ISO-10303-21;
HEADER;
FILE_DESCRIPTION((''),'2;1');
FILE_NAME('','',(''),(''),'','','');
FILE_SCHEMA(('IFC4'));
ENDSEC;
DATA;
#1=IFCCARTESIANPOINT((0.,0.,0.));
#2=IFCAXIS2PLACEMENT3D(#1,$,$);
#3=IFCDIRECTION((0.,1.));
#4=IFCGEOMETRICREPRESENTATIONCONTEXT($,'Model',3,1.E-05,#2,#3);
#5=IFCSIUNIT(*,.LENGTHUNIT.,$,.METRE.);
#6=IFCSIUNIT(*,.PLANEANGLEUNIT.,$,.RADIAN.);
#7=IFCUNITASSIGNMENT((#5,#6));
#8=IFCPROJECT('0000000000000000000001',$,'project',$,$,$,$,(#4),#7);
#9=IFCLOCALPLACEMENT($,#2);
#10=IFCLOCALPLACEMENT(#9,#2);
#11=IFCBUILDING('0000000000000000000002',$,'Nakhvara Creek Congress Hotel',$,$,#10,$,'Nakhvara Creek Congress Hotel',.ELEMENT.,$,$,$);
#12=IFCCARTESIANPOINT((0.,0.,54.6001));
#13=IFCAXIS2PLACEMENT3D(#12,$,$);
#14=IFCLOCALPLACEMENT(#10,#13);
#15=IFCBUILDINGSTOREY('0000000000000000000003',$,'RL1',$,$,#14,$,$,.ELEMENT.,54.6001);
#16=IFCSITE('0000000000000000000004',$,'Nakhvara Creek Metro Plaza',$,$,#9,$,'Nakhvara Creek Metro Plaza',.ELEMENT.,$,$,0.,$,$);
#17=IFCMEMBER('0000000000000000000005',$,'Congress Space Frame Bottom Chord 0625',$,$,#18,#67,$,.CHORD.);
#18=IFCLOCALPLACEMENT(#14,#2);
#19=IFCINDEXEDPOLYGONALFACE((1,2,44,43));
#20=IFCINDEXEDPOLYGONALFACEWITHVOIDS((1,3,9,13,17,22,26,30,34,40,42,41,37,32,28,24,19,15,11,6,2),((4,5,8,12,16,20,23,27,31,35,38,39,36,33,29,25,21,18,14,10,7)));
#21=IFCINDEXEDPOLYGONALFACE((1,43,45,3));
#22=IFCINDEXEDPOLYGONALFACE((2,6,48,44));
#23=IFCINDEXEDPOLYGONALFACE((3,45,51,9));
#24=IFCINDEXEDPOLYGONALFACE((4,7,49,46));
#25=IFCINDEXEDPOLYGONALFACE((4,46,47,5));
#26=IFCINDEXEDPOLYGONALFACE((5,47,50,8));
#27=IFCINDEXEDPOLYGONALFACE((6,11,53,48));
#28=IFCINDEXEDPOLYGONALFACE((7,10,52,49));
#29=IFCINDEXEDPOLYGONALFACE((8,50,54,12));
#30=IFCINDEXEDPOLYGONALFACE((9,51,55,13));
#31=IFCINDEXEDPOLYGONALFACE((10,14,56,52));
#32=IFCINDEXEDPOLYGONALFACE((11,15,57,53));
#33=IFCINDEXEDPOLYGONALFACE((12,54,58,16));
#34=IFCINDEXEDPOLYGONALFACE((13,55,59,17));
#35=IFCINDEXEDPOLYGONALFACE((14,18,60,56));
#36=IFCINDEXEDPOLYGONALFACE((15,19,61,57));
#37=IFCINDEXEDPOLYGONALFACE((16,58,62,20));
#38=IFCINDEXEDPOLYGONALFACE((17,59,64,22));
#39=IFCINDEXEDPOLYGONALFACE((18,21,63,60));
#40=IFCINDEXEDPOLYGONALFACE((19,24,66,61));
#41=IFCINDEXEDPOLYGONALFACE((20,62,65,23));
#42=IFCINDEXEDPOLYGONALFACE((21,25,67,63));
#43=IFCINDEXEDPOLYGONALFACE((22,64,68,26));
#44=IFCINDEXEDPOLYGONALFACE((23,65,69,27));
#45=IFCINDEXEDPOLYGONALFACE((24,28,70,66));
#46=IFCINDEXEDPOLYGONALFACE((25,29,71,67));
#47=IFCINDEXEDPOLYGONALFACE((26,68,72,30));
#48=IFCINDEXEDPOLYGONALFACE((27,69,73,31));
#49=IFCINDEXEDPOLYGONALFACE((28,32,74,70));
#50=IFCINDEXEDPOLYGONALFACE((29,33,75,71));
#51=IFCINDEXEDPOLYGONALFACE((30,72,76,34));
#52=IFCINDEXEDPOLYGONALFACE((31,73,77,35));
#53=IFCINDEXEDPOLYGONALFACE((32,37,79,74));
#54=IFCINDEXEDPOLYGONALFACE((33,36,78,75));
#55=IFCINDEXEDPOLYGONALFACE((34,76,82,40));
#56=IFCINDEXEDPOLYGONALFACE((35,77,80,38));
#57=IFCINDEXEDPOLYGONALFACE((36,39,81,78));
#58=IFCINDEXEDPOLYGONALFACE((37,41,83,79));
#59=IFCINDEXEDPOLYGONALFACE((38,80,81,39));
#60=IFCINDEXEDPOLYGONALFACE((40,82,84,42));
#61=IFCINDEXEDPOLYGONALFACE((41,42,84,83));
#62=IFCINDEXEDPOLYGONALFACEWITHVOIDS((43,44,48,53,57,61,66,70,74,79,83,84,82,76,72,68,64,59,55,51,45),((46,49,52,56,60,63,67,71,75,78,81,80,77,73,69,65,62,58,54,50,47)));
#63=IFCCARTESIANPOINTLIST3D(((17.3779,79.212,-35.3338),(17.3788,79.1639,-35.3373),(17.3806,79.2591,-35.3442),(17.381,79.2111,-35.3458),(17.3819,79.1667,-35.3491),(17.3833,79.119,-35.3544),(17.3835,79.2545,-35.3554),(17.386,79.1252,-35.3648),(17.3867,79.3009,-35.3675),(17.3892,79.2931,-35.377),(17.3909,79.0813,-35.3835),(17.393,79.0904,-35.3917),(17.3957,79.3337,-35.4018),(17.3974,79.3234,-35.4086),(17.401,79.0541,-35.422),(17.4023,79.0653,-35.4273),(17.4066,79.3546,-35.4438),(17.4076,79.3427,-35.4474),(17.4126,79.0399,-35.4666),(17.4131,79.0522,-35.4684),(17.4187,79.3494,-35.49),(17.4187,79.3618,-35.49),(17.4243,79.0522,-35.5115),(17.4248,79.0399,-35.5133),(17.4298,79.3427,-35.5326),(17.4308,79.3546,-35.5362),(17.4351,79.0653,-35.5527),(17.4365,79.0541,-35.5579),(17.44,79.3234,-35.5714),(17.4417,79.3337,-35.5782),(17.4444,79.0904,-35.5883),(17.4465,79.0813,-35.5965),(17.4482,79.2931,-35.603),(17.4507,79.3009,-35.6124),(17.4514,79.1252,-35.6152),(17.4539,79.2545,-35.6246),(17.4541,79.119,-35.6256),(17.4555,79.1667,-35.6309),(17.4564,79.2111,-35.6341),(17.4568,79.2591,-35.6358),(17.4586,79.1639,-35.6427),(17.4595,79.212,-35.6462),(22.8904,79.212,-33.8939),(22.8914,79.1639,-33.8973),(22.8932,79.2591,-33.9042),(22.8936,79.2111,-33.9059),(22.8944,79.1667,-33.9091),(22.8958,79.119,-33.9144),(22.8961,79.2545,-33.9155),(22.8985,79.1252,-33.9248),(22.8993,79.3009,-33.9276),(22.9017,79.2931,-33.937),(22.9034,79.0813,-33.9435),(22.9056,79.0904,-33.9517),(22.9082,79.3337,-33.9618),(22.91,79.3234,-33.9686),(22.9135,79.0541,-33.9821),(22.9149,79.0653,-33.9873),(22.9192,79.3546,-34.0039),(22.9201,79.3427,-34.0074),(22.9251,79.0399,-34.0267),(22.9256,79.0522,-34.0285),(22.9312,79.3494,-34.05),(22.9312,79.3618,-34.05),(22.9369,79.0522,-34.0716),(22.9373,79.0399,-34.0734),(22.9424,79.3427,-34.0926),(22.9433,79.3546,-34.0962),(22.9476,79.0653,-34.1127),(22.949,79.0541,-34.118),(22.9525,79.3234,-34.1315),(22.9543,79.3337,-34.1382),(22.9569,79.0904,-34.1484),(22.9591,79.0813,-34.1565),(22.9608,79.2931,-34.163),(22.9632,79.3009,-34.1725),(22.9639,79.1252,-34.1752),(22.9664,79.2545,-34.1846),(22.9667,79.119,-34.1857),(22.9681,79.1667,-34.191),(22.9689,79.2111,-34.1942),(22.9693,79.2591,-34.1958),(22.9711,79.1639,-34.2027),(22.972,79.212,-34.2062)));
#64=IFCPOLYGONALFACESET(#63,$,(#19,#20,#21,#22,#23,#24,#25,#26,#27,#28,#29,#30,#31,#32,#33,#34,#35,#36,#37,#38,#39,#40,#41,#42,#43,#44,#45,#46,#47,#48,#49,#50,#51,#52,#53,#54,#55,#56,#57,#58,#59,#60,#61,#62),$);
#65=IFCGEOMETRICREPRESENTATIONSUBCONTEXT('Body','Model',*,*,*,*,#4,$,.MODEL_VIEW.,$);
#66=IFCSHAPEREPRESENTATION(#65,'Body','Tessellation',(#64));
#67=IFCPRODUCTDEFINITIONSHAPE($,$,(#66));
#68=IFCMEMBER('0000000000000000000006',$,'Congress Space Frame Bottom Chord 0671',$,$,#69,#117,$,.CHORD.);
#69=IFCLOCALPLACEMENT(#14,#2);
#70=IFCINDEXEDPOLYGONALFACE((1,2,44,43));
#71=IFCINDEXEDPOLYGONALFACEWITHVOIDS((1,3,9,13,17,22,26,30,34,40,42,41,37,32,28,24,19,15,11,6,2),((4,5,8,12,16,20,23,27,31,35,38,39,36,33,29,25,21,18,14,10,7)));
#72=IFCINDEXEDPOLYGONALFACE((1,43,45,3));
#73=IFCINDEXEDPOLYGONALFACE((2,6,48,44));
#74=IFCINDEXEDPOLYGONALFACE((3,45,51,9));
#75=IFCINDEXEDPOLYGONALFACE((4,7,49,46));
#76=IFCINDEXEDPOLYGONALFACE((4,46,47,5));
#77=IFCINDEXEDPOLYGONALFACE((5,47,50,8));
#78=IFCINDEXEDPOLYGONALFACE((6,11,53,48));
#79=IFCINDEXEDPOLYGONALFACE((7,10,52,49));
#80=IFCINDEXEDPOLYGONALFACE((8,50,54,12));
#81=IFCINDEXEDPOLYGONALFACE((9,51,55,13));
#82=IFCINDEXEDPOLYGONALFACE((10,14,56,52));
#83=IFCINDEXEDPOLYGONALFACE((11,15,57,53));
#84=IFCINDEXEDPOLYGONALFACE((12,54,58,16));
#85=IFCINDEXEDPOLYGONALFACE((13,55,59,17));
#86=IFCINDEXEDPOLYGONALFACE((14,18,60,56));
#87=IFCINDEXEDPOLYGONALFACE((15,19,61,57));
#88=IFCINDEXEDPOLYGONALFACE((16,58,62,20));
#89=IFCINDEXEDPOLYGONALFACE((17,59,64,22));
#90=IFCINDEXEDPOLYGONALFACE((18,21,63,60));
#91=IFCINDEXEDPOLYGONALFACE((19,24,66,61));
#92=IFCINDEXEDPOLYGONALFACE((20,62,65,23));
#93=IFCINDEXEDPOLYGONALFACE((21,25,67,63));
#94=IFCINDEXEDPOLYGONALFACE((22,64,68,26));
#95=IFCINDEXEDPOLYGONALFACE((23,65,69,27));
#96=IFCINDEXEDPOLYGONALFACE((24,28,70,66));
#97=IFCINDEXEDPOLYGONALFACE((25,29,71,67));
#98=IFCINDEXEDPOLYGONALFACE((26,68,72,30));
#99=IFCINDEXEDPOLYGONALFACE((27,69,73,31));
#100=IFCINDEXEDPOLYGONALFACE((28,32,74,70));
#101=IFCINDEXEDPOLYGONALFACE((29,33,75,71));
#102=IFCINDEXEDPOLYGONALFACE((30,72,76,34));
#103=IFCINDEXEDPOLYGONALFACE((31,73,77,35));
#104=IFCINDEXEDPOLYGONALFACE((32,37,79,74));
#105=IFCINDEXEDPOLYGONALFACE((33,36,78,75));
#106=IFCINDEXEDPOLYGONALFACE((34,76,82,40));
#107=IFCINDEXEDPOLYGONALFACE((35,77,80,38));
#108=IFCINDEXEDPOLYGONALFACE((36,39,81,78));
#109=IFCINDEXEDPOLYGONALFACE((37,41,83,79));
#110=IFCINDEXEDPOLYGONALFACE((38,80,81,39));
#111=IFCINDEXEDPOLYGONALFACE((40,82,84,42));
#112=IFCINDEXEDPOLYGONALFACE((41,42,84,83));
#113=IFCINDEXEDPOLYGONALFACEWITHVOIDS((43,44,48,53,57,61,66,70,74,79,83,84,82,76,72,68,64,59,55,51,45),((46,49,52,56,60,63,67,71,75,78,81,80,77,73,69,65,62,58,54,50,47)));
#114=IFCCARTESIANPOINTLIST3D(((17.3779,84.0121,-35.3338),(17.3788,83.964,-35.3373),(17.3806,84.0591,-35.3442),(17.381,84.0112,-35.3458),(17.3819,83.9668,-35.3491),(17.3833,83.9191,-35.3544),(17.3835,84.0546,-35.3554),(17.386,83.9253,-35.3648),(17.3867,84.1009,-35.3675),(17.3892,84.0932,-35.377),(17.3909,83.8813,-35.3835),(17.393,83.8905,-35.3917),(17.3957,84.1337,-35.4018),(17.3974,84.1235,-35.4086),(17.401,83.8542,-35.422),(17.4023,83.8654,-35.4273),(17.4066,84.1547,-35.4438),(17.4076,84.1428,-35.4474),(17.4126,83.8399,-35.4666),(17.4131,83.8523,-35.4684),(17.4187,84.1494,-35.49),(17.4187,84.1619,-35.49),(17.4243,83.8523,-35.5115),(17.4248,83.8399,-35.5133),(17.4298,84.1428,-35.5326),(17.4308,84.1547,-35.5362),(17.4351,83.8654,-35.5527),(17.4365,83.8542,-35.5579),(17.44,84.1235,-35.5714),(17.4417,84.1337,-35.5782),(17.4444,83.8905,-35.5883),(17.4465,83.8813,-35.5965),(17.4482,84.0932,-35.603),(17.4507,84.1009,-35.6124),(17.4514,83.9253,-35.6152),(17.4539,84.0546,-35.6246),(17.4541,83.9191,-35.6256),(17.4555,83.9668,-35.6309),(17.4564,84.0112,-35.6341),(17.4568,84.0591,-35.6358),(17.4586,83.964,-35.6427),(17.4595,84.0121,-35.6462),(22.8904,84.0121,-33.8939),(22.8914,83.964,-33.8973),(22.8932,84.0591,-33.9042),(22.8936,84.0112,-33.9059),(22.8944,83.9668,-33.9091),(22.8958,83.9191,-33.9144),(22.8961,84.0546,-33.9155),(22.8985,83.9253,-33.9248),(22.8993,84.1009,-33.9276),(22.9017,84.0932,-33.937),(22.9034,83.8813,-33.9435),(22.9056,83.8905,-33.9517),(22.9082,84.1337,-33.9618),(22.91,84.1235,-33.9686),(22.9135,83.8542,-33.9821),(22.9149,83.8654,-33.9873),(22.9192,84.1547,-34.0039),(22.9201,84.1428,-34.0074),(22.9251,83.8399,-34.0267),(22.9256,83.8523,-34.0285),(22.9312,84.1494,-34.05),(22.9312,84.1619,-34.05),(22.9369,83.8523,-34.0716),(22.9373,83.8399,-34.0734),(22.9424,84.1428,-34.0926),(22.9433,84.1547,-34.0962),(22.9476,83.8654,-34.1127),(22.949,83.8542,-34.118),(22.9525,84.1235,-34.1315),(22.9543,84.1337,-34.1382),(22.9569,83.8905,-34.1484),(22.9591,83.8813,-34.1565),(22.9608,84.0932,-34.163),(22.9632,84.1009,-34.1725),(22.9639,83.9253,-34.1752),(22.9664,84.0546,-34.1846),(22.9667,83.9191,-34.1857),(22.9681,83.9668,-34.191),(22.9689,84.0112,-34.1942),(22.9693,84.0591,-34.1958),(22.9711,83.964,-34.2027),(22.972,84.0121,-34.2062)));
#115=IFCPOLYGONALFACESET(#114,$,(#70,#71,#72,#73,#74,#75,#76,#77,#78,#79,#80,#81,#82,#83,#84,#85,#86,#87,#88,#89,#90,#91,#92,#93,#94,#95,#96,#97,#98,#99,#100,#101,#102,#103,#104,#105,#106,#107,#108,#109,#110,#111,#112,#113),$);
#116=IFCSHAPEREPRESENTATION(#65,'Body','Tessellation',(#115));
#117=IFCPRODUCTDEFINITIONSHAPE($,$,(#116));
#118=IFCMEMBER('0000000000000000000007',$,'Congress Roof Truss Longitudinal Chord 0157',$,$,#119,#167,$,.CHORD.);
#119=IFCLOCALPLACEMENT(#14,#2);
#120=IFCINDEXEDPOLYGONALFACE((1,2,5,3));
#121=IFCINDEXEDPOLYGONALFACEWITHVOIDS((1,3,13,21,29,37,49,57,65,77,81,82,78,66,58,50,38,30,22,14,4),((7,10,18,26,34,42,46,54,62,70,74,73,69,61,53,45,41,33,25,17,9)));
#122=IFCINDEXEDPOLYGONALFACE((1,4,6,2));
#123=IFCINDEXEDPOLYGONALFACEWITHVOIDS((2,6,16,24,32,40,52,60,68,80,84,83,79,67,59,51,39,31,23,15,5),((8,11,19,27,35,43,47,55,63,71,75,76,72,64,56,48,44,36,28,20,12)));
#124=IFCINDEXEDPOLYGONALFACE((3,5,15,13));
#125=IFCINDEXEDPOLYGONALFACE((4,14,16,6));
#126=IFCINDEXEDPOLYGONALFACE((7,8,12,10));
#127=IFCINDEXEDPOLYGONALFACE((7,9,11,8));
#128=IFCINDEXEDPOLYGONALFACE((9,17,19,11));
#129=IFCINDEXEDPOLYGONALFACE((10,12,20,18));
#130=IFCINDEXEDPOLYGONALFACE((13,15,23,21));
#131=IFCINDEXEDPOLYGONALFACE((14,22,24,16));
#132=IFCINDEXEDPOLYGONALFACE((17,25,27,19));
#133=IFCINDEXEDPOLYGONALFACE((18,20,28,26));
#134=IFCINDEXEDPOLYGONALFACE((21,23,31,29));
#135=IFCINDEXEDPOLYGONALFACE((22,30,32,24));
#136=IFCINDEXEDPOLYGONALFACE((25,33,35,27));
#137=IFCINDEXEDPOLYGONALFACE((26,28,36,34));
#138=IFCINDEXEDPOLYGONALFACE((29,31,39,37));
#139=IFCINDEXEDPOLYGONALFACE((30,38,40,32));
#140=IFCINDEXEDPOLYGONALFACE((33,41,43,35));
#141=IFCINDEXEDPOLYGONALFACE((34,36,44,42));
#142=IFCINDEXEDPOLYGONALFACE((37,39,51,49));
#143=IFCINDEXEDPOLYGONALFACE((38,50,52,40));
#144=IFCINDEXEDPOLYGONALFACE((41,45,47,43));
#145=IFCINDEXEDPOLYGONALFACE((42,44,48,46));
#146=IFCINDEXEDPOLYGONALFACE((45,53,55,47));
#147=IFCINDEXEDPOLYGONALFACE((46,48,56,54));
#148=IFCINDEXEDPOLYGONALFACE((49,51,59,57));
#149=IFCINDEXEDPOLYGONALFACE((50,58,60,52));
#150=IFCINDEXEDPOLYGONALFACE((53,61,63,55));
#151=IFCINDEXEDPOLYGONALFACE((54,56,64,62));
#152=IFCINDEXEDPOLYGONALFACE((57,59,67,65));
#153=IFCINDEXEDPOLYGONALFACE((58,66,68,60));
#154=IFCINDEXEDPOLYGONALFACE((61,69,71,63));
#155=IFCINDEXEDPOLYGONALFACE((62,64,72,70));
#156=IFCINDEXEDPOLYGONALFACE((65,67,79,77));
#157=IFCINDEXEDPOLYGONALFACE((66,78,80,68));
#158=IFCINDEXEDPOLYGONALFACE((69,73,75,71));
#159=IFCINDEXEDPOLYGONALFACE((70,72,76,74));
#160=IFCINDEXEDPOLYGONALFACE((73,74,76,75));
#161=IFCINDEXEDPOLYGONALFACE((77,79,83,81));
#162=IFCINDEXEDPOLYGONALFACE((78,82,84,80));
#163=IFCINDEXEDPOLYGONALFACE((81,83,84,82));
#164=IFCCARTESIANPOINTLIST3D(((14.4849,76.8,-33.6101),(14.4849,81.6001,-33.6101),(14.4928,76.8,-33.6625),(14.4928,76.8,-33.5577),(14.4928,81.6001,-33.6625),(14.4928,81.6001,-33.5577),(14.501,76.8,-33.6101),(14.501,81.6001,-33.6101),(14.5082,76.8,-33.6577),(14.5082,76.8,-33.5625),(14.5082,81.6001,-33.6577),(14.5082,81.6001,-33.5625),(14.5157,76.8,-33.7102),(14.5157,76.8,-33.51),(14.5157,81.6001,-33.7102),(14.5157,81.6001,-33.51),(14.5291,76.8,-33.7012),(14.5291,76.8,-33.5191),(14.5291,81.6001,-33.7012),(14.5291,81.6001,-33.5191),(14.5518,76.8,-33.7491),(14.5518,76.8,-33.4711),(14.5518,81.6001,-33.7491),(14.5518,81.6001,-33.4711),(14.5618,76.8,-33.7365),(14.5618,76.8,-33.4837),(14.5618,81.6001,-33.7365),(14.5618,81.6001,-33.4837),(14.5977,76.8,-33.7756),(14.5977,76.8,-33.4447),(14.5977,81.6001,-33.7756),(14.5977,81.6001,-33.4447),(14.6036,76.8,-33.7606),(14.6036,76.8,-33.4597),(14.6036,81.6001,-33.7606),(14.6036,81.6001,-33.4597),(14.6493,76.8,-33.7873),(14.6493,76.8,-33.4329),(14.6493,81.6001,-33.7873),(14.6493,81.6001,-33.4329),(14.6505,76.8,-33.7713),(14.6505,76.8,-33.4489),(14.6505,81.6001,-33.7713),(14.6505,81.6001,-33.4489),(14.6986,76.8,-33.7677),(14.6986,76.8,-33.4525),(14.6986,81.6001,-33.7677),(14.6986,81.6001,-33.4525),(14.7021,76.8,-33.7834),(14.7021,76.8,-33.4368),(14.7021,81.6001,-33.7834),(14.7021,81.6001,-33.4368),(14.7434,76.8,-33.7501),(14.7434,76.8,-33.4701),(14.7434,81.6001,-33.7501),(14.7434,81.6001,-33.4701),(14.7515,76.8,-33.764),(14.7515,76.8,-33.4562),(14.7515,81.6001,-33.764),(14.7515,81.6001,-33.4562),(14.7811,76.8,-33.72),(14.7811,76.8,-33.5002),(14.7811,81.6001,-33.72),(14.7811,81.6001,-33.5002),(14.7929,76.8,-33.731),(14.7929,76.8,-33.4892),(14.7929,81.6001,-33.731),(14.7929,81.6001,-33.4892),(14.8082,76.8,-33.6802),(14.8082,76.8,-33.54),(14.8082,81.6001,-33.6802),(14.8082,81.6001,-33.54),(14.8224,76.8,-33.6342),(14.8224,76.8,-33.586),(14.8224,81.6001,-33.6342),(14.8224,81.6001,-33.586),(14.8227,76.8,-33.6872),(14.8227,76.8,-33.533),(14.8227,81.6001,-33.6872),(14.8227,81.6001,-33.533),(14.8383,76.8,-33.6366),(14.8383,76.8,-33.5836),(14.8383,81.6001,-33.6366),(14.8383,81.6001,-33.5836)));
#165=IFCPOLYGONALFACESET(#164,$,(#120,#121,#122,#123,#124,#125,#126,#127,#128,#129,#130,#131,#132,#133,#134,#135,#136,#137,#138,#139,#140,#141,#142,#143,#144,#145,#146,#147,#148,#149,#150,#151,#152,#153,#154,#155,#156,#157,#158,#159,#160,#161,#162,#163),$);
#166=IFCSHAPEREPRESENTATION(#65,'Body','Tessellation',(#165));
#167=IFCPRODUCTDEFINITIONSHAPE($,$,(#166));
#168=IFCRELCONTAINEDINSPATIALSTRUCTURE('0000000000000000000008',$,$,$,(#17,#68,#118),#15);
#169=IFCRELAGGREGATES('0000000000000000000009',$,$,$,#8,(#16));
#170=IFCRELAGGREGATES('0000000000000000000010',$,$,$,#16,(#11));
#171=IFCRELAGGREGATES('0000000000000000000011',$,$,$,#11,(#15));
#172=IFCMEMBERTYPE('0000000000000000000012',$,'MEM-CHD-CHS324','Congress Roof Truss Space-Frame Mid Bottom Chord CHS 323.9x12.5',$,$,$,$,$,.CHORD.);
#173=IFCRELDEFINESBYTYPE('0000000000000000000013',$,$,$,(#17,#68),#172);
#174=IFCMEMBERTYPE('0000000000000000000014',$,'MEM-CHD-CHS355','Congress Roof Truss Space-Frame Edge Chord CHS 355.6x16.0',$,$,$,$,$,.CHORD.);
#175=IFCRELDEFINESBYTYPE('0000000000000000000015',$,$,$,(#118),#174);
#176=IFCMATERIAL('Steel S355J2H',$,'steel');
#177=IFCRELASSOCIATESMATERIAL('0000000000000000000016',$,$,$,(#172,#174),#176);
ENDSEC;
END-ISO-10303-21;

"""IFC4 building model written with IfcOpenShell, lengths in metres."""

from ifc_helpers import new_model, si_unit, direction, frame, origin, origin_2d, place, context, subcontext, project, spatial, hollow_circle, extrude, material, material_profile, profile_set, type_object, element, save


model = new_model("IFC4")

# Units and contexts
model_context = context("Model", 3, precision=1e-05, world=origin(), true_north=direction((0.0, 1.0)))
body_context = subcontext(model_context, "Body", "Model", "MODEL_VIEW")
ifc_project = project(units=[si_unit("LENGTHUNIT", "METRE"), si_unit("PLANEANGLEUNIT", "RADIAN")], contexts=[model_context])

# Site, building, storey
site_placement = place(None, origin())
site = spatial("IfcSite", under=ifc_project, at=site_placement, Name="Nakhvara Creek Metro Plaza", LongName="Nakhvara Creek Metro Plaza", CompositionType="ELEMENT", RefElevation=0.0)
building_placement = place(site_placement, origin())
building = spatial("IfcBuilding", under=site, at=building_placement, Name="Nakhvara Creek Congress Hotel", LongName="Nakhvara Creek Congress Hotel", CompositionType="ELEMENT")
storey_placement = place(building_placement, frame((0.0, 0.0, 54.6001)))
storey = spatial("IfcBuildingStorey", under=building, at=storey_placement, Name="RL1", CompositionType="ELEMENT", Elevation=54.6001)

# Members
ifc_material_1 = material(Name="Steel S355J2H", Category="steel")
ifc_material_profile_1 = material_profile(ifc_material_1, hollow_circle(Radius=0.1619, WallThickness=0.0125, at=origin_2d()), Name="CHS 323.9x12.5", Category="LoadBearing")
ifc_profile_set_1 = profile_set([ifc_material_profile_1], Name="Steel S355J2H")
member_type_1 = type_object("IfcMemberType", Name="MEM-CHD-CHS324", Description="Congress Roof Truss Space-Frame Mid Bottom Chord CHS 323.9x12.5", PredefinedType="CHORD", material=ifc_profile_set_1)
for number, where, z_axis, x_axis, name in (
    (1, (17.4187, 79.2, -35.49), (0.967535, 0.0, 0.252736), (0.0, 1.0, 0.0), "Congress Space Frame Bottom Chord 0625"),
    (2, (17.4187, 84.0, -35.49), (0.967535, 0.0, 0.252736), (0.0, 1.0, 0.0), "Congress Space Frame Bottom Chord 0671"),
):
    element("IfcMember", number, at=place(storey_placement, frame(where, z_axis=z_axis, x_axis=x_axis)), inside=storey, type_object=member_type_1, Name=name, PredefinedType="CHORD", context=body_context, shape_type="SweptSolid", body=[
        extrude(hollow_circle(Radius=0.1619, WallThickness=0.0125, at=origin_2d()), origin(), (0.0, 0.0, 1.0), 5.6975),
    ])
ifc_material_profile_2 = material_profile(ifc_material_1, hollow_circle(Radius=0.1777, WallThickness=0.0161, at=origin_2d()), Name="CHS 355.6x16.0", Category="LoadBearing")
ifc_profile_set_2 = profile_set([ifc_material_profile_2], Name="Steel S355J2H")
member_type_2 = type_object("IfcMemberType", Name="MEM-CHD-CHS355", Description="Congress Roof Truss Space-Frame Edge Chord CHS 355.6x16.0", PredefinedType="CHORD", material=ifc_profile_set_2)
for number, where, z_axis, x_axis, name in (
    (3, (14.6626, 76.8, -33.6101), (0.0, 1.0, 0.0), (-1.0, 0.0, 0.0), "Congress Roof Truss Longitudinal Chord 0157"),
):
    element("IfcMember", number, at=place(storey_placement, frame(where, z_axis=z_axis, x_axis=x_axis)), inside=storey, type_object=member_type_2, Name=name, PredefinedType="CHORD", context=body_context, shape_type="SweptSolid", body=[
        extrude(hollow_circle(Radius=0.1777, WallThickness=0.0161, at=origin_2d()), origin(), (0.0, 0.0, 1.0), 4.8),
    ])

save(model, "model.ifc")
